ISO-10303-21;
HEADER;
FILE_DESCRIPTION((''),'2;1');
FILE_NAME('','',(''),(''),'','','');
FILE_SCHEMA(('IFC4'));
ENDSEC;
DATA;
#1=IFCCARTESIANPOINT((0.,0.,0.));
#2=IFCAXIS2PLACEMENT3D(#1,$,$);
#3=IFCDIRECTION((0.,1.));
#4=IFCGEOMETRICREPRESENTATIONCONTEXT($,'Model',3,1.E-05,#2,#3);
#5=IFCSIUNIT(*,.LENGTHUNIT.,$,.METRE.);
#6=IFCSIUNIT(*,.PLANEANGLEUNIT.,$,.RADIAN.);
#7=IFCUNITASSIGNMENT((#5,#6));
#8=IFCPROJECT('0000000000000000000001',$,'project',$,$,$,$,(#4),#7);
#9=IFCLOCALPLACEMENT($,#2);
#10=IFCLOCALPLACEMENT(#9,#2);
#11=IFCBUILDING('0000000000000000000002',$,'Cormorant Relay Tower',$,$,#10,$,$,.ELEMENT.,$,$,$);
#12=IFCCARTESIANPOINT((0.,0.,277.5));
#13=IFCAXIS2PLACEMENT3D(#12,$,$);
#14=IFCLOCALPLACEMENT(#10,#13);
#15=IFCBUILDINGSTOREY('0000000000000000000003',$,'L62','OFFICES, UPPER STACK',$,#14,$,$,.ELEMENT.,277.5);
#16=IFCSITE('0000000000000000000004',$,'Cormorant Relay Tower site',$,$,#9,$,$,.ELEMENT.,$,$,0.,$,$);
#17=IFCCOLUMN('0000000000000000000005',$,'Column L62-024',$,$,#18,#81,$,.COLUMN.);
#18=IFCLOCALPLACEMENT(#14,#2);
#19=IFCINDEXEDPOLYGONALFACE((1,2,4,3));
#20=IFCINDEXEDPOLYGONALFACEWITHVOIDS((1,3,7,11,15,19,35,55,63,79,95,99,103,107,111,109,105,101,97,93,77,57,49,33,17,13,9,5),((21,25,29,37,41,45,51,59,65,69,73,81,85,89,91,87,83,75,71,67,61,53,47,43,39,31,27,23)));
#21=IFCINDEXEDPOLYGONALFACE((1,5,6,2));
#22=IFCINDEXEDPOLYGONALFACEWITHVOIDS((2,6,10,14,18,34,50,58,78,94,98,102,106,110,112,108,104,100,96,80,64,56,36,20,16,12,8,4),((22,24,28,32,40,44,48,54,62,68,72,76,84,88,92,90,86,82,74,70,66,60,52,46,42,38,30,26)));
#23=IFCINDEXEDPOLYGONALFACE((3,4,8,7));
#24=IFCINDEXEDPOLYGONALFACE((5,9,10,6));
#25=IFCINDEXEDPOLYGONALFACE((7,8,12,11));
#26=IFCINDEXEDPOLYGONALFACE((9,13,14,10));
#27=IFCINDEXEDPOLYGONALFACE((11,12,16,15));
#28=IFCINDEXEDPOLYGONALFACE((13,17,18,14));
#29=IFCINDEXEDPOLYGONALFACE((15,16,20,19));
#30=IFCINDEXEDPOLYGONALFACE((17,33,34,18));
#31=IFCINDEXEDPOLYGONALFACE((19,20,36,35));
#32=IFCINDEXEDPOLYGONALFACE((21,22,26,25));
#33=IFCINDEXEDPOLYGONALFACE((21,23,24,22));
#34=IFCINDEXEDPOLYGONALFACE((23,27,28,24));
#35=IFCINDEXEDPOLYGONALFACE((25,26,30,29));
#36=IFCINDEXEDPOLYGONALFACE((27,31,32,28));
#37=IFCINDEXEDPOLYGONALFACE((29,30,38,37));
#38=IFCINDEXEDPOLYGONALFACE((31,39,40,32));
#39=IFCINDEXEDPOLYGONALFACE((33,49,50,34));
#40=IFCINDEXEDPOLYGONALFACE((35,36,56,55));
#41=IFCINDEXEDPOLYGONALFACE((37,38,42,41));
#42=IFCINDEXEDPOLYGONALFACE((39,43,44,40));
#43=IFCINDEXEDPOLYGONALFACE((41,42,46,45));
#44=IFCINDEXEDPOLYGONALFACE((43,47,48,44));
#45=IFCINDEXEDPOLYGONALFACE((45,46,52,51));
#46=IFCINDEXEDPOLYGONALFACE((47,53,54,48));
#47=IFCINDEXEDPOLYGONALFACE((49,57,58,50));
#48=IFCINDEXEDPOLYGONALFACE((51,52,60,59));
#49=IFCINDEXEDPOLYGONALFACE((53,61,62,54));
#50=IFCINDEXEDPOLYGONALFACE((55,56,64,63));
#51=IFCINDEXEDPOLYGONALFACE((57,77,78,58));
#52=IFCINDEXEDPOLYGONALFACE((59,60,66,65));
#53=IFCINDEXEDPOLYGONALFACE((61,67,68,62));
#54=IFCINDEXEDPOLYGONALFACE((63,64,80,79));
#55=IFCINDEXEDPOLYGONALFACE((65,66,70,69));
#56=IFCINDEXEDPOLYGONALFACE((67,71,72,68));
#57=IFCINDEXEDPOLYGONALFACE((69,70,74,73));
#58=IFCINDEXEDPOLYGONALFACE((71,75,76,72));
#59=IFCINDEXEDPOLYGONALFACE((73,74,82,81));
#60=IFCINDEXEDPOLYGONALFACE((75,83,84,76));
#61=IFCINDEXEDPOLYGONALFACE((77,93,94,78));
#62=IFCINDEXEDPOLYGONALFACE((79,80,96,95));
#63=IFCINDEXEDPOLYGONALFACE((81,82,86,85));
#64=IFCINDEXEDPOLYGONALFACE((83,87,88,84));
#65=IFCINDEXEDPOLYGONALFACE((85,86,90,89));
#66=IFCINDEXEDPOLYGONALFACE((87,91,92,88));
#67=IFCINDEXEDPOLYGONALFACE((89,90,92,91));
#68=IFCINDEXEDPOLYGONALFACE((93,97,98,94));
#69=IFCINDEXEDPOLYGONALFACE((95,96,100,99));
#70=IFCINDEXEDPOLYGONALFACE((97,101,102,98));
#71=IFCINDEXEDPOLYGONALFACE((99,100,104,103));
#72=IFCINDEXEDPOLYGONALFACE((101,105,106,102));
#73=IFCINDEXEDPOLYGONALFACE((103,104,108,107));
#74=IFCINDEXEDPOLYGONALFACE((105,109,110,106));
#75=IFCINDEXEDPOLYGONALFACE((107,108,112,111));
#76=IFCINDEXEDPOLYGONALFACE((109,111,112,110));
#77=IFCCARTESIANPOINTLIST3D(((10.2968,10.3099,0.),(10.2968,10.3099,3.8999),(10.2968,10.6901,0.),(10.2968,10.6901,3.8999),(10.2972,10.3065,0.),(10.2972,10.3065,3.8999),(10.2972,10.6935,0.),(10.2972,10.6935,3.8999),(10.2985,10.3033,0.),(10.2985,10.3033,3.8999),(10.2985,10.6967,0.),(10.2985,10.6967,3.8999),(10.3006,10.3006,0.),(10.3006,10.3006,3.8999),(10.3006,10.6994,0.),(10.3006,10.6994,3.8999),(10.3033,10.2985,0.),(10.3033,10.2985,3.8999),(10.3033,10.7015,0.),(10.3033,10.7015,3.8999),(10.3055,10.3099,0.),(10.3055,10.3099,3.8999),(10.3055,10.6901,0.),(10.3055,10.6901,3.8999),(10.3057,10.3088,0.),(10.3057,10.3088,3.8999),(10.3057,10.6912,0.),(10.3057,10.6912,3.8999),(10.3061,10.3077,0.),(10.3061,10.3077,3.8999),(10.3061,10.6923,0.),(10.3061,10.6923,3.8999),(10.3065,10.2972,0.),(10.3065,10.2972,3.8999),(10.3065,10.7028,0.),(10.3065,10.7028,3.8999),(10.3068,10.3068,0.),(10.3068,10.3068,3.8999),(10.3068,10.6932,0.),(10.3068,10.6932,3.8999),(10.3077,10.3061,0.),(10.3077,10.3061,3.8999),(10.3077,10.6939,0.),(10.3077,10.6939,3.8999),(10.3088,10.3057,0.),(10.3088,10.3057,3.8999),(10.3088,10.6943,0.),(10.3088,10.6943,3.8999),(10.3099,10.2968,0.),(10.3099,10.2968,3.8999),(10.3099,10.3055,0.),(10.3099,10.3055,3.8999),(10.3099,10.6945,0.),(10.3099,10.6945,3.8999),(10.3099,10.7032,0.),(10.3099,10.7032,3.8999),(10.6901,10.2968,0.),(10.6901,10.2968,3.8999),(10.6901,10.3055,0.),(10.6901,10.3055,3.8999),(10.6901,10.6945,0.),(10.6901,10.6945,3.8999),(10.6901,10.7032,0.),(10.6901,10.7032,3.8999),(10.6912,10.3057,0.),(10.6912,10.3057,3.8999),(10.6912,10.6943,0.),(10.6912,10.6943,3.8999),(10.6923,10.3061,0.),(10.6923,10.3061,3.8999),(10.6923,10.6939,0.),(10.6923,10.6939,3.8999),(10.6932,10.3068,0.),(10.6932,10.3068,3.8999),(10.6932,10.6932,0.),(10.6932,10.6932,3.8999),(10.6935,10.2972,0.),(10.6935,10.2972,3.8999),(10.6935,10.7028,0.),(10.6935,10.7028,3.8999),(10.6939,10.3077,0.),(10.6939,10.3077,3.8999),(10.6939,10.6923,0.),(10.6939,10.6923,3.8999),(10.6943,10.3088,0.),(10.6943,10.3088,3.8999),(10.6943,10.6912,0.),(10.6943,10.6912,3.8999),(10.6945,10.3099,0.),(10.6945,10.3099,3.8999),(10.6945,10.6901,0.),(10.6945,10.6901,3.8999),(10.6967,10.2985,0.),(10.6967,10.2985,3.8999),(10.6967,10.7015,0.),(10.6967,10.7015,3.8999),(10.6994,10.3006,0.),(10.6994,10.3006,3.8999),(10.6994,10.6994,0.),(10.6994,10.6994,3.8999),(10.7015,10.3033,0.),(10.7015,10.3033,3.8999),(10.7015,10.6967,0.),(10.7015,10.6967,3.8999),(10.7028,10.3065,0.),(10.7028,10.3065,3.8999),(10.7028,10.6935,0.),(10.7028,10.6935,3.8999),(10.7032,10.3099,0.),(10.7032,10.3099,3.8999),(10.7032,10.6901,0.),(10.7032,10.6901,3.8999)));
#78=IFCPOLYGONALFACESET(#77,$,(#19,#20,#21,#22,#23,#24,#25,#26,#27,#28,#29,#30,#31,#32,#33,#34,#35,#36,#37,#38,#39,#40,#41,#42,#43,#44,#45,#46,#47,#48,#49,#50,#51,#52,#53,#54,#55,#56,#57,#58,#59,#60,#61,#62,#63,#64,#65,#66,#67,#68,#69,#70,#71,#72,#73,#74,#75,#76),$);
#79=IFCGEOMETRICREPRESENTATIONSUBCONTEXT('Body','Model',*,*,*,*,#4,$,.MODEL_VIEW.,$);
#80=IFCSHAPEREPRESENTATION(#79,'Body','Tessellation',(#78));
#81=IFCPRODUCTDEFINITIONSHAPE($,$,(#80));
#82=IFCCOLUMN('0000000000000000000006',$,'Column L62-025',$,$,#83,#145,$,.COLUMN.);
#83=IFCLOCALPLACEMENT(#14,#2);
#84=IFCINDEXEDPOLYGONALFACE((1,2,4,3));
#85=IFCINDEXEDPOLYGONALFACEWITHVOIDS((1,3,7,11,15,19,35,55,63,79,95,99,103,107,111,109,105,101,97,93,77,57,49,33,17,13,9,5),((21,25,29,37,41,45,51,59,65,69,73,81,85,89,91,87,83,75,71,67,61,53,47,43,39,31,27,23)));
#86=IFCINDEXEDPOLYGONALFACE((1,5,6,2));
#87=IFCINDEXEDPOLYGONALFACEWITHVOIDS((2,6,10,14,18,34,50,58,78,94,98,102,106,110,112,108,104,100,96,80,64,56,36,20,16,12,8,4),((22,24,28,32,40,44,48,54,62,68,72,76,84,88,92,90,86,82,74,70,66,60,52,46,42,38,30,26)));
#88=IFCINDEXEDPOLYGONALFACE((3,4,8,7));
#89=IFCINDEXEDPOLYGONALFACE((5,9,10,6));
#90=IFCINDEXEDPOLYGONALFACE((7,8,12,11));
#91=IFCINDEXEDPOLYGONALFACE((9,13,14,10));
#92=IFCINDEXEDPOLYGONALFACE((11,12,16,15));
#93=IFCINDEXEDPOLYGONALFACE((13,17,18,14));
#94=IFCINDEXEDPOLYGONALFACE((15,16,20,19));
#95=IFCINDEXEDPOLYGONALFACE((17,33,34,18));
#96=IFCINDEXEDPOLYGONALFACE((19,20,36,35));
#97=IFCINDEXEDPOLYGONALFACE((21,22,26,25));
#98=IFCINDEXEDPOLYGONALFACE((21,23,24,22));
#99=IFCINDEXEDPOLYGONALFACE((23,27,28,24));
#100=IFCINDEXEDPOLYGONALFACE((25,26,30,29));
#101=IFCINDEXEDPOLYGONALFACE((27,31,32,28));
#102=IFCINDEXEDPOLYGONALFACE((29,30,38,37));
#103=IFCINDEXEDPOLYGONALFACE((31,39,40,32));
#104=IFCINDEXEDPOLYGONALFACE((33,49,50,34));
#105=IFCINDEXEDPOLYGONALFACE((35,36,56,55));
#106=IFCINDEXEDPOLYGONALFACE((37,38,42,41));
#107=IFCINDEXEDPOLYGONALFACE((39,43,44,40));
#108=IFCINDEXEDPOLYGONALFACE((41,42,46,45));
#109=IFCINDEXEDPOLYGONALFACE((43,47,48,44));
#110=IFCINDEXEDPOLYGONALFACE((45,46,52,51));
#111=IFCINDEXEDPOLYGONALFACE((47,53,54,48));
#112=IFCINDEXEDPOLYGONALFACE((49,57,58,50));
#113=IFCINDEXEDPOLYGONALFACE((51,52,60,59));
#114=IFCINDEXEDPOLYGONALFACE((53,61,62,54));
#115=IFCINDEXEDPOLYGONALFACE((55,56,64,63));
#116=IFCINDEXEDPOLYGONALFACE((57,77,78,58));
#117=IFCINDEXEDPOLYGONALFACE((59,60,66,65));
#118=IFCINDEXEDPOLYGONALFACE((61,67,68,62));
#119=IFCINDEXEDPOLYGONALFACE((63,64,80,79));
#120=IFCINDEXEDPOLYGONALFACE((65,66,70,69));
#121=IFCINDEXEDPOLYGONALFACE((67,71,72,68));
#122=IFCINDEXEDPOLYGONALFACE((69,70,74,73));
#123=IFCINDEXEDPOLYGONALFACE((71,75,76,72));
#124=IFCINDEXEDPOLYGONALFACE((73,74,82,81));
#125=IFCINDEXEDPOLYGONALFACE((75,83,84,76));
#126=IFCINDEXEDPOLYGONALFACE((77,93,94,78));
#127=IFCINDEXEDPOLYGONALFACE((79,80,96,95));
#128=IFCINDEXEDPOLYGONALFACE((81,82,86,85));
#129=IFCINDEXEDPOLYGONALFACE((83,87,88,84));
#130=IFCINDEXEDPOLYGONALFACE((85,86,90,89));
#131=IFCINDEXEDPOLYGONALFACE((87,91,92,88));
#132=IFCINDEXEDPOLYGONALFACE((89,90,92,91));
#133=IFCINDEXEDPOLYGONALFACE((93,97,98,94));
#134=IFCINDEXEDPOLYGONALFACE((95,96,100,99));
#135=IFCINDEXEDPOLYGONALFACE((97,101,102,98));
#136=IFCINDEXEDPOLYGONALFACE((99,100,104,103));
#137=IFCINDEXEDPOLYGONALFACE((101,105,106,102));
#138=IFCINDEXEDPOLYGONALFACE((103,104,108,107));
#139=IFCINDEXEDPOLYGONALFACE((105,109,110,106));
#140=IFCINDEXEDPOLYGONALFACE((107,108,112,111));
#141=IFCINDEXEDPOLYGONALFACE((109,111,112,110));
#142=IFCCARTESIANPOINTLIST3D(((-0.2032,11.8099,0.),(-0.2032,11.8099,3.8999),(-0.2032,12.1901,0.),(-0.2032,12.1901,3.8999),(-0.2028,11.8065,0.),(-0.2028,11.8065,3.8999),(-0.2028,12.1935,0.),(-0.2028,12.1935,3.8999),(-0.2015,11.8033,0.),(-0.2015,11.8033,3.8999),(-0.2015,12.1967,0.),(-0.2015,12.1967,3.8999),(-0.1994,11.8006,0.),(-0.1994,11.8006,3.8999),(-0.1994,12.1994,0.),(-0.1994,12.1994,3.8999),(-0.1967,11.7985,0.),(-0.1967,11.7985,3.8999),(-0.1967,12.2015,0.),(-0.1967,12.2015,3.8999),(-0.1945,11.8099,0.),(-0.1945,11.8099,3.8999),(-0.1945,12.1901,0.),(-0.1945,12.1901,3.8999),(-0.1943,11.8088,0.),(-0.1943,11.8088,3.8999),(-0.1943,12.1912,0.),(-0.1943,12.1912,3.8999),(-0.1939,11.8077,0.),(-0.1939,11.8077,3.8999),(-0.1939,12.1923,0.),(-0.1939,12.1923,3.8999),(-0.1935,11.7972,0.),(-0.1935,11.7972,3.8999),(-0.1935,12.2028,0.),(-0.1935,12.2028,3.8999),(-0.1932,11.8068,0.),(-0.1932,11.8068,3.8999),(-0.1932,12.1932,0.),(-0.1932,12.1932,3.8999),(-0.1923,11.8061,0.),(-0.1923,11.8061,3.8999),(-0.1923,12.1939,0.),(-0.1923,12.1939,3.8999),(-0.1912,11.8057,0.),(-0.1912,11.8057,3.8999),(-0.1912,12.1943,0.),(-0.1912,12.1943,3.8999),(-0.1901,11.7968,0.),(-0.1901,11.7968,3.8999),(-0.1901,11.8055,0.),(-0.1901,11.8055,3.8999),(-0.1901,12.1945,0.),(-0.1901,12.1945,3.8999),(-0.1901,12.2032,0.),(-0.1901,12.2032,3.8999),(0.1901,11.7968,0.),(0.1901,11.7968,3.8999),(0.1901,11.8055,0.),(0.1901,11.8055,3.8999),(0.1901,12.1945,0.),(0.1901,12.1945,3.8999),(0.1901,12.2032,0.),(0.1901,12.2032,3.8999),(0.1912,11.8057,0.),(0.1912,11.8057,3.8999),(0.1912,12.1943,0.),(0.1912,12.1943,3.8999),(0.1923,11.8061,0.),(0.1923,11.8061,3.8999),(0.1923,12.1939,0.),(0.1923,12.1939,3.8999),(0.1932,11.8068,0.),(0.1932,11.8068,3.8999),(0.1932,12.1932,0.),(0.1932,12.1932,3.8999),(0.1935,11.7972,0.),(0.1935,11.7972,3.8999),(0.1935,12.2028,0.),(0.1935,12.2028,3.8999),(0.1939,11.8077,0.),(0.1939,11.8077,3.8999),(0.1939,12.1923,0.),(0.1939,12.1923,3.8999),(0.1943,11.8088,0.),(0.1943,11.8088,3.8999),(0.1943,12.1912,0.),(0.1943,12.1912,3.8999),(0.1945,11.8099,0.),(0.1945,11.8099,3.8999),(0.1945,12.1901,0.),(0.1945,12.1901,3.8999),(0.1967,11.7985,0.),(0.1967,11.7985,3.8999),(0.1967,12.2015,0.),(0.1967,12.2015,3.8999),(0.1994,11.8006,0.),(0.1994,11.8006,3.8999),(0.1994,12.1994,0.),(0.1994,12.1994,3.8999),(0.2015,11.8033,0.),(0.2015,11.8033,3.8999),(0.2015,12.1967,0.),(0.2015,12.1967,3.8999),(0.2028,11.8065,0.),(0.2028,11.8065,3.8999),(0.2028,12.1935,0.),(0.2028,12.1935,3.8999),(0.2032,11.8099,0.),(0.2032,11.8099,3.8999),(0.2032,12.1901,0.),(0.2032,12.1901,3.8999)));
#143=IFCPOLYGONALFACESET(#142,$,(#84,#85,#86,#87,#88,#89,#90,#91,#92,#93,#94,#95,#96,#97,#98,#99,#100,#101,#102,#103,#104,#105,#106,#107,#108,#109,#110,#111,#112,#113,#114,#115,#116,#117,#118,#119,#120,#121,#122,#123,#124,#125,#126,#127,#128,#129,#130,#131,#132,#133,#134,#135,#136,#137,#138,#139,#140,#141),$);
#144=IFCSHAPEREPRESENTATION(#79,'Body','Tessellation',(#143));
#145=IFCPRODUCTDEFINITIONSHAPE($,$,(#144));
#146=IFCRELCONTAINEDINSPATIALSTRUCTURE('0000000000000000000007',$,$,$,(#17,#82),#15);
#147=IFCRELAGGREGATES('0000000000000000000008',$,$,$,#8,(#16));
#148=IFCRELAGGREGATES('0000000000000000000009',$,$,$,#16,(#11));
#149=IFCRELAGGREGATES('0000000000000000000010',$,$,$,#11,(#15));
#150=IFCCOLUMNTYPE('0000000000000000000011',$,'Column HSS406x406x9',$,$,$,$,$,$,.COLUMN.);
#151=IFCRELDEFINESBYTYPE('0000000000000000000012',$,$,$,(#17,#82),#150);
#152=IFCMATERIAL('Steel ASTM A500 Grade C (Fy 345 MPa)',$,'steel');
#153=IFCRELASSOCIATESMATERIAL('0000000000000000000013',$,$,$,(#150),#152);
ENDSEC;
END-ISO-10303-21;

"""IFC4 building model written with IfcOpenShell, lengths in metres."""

from ifc_helpers import new_model, si_unit, direction, frame, origin, origin_2d, place, context, subcontext, project, spatial, hollow_rectangle, extrude, material, material_profile, profile_set, type_object, element, save


model = new_model("IFC4")

# Units and contexts
model_context = context("Model", 3, precision=1e-05, world=origin(), true_north=direction((0.0, 1.0)))
body_context = subcontext(model_context, "Body", "Model", "MODEL_VIEW")
ifc_project = project(units=[si_unit("LENGTHUNIT", "METRE"), si_unit("PLANEANGLEUNIT", "RADIAN")], contexts=[model_context])

# Site, building, storey
site_placement = place(None, origin())
site = spatial("IfcSite", under=ifc_project, at=site_placement, Name="Cormorant Relay Tower site", CompositionType="ELEMENT", RefElevation=0.0)
building_placement = place(site_placement, origin())
building = spatial("IfcBuilding", under=site, at=building_placement, Name="Cormorant Relay Tower", CompositionType="ELEMENT")
storey_placement = place(building_placement, frame((0.0, 0.0, 277.5)))
storey = spatial("IfcBuildingStorey", under=building, at=storey_placement, Name="L62", Description="OFFICES, UPPER STACK", CompositionType="ELEMENT", Elevation=277.5)

# Columns
ifc_material_1 = material(Name="Steel ASTM A500 Grade C (Fy 345 MPa)", Category="steel")
ifc_material_profile = material_profile(ifc_material_1, hollow_rectangle(XDim=0.4065, YDim=0.4065, WallThickness=0.0088, InnerFilletRadius=0.0044, OuterFilletRadius=0.0132, at=origin_2d()), Name="HSS406x406x9")
ifc_profile_set = profile_set([ifc_material_profile], Name="Steel ASTM A500 Grade C (Fy 345 MPa)")
column_type = type_object("IfcColumnType", Name="Column HSS406x406x9", PredefinedType="COLUMN", material=ifc_profile_set)
for number, where, z_axis, x_axis, name in (
    (1, (10.5, 10.5, 0.0), (0.0, 0.0, 1.0), (1.0, 0.0, 0.0), "Column L62-024"),
    (2, (0.0, 12.0, 0.0), (0.0, 0.0, 1.0), (1.0, 0.0, 0.0), "Column L62-025"),
):
    element("IfcColumn", number, at=place(storey_placement, frame(where, z_axis=z_axis, x_axis=x_axis)), inside=storey, type_object=column_type, Name=name, PredefinedType="COLUMN", context=body_context, shape_type="SweptSolid", body=[
        extrude(hollow_rectangle(XDim=0.4065, YDim=0.4065, WallThickness=0.0088, InnerFilletRadius=0.0044, OuterFilletRadius=0.0132, at=origin_2d()), origin(), (0.0, 0.0, 1.0), 3.8999),
    ])

save(model, "model.ifc")
